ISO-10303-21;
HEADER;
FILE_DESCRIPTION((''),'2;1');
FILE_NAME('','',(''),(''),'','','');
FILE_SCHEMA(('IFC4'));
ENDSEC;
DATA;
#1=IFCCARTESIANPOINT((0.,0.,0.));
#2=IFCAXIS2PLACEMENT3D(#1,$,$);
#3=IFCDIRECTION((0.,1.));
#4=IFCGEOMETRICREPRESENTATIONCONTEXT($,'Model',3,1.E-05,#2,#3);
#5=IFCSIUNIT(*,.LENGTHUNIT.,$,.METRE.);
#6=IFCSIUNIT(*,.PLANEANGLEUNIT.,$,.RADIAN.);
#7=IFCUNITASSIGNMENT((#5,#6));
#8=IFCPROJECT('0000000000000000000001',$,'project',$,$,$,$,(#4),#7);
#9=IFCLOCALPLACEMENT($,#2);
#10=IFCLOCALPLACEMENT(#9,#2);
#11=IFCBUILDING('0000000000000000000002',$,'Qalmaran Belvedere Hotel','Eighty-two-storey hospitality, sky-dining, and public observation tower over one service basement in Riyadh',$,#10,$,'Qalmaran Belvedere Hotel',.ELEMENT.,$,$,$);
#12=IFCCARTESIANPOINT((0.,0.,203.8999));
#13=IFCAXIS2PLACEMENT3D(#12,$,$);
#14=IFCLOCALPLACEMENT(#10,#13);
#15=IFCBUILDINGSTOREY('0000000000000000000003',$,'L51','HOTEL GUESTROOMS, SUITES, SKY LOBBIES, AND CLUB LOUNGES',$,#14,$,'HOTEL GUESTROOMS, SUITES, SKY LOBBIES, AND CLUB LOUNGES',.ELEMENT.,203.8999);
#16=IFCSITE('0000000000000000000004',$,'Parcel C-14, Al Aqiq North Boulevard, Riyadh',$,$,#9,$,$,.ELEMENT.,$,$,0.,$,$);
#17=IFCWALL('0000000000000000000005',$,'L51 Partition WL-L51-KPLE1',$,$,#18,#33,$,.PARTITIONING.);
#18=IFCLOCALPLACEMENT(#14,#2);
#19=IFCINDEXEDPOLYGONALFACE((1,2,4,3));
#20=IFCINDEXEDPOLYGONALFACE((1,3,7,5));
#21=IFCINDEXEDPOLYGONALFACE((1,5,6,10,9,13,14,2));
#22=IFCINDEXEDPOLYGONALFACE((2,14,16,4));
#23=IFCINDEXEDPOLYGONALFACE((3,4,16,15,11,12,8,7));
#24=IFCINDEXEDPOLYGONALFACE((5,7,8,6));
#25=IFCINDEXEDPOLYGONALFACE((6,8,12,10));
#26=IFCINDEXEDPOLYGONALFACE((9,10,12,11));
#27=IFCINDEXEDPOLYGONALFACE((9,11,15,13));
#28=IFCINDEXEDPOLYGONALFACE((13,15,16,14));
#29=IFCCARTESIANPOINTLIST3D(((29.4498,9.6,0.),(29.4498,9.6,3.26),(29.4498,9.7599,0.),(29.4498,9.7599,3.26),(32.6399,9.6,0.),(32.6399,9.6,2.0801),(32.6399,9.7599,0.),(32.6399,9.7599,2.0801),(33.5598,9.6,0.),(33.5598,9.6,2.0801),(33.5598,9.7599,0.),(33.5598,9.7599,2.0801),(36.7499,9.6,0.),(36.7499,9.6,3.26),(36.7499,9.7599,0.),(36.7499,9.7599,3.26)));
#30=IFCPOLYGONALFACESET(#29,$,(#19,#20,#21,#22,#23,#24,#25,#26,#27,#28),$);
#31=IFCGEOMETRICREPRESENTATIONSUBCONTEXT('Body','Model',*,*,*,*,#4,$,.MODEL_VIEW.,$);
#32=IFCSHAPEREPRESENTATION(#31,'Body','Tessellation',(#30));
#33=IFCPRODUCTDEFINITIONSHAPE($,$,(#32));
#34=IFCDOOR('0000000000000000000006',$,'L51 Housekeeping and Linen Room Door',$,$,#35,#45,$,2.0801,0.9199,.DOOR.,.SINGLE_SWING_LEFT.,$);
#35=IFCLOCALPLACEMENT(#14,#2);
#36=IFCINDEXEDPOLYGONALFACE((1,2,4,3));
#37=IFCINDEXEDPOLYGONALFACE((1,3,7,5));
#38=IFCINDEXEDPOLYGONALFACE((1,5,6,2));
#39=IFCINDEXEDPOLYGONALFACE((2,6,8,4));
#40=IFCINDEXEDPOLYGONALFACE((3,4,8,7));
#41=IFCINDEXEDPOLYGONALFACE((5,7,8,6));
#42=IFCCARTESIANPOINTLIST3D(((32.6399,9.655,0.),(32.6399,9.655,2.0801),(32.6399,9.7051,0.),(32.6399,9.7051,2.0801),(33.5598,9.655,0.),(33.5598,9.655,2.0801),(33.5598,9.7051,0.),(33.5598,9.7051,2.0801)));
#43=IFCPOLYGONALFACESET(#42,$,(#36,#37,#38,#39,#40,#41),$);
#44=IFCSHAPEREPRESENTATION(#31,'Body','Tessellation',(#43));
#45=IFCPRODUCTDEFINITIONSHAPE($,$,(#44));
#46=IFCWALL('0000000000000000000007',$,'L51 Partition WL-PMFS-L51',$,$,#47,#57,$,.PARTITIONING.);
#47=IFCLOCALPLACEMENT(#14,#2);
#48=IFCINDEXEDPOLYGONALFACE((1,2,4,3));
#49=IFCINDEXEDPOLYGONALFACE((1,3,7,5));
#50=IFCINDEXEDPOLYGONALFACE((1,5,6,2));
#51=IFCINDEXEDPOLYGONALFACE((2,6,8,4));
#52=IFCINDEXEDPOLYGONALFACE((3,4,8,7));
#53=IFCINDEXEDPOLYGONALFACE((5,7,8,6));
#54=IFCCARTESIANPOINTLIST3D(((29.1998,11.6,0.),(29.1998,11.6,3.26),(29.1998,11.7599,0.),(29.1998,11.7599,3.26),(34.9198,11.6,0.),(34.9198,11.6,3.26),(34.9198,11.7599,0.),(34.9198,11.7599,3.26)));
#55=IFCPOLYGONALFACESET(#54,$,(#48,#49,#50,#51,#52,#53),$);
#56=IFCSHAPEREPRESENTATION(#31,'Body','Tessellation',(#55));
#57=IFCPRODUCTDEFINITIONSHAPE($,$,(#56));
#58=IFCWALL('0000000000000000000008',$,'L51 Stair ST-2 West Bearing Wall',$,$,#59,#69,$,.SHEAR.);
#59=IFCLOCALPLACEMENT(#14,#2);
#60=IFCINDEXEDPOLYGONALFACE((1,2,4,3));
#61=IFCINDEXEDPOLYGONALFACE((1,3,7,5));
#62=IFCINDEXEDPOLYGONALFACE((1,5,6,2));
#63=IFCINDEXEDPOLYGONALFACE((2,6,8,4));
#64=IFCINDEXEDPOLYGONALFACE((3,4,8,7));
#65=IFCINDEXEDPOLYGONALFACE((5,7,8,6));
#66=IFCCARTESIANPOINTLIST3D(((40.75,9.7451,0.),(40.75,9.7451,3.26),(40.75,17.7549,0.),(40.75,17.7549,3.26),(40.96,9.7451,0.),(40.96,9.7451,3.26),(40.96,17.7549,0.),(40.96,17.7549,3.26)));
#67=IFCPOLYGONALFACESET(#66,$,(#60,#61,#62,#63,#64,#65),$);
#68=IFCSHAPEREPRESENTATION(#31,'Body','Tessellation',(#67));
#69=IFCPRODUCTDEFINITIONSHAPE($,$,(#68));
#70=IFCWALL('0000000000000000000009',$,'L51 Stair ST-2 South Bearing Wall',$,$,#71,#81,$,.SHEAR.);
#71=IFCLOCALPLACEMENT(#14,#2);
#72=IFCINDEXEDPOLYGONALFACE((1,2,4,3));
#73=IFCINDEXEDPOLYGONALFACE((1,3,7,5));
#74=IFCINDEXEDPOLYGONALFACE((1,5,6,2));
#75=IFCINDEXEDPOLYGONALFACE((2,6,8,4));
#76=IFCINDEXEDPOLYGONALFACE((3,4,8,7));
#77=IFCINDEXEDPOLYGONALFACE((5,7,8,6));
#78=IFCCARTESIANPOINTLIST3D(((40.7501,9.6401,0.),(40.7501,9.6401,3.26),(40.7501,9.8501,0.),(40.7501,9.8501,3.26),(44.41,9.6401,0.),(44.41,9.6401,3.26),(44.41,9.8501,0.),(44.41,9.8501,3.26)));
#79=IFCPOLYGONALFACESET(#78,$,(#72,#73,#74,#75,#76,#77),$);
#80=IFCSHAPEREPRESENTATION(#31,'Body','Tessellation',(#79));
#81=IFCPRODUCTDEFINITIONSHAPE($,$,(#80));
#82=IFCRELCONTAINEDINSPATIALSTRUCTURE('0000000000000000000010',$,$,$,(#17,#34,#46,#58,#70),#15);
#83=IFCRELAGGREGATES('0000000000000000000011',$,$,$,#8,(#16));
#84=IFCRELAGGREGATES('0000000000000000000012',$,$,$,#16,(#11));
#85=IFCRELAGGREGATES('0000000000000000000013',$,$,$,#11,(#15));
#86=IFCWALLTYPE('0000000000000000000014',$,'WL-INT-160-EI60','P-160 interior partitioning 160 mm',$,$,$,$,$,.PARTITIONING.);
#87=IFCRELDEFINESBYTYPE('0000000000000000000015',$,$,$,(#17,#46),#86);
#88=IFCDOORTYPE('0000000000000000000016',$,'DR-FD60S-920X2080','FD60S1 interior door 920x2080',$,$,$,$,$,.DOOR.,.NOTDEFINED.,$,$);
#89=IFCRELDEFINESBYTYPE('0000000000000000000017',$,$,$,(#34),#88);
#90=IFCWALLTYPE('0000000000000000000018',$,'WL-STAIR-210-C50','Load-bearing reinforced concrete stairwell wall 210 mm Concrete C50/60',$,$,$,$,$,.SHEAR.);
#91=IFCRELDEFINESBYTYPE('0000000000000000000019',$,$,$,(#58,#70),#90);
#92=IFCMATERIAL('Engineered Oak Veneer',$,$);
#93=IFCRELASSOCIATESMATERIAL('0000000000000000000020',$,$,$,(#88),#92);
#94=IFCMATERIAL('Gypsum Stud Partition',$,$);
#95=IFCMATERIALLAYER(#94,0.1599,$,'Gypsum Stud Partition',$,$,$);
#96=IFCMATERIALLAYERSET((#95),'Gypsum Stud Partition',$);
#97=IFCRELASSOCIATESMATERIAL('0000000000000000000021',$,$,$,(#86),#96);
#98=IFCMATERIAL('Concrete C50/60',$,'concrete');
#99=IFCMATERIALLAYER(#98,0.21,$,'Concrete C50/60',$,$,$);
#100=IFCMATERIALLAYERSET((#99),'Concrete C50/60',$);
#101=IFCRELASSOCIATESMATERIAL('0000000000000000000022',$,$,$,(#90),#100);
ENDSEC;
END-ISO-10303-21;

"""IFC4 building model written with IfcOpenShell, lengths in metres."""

from ifc_helpers import new_model, si_unit, direction, frame, frame_2d, origin, place, context, subcontext, project, spatial, rectangle, extrude, material, layer, layer_set, type_object, element, fill, save


model = new_model("IFC4")

# Units and contexts
model_context = context("Model", 3, precision=1e-05, world=origin(), true_north=direction((0.0, 1.0)))
body_context = subcontext(model_context, "Body", "Model", "MODEL_VIEW")
ifc_project = project(units=[si_unit("LENGTHUNIT", "METRE"), si_unit("PLANEANGLEUNIT", "RADIAN")], contexts=[model_context])

# Site, building, storey
site_placement = place(None, origin())
site = spatial("IfcSite", under=ifc_project, at=site_placement, Name="Parcel C-14, Al Aqiq North Boulevard, Riyadh", CompositionType="ELEMENT", RefElevation=0.0)
building_placement = place(site_placement, origin())
building = spatial("IfcBuilding", under=site, at=building_placement, Name="Qalmaran Belvedere Hotel", Description="Eighty-two-storey hospitality, sky-dining, and public observation tower over one service basement in Riyadh", LongName="Qalmaran Belvedere Hotel", CompositionType="ELEMENT")
storey_placement = place(building_placement, frame((0.0, 0.0, 203.8999)))
storey = spatial("IfcBuildingStorey", under=building, at=storey_placement, Name="L51", Description="HOTEL GUESTROOMS, SUITES, SKY LOBBIES, AND CLUB LOUNGES", LongName="HOTEL GUESTROOMS, SUITES, SKY LOBBIES, AND CLUB LOUNGES", CompositionType="ELEMENT", Elevation=203.8999)

# Shared definitions
ifc_material_1 = material(Name="Concrete C50/60", Category="concrete")

# Shared definitions
ifc_material_2 = material(Name="Gypsum Stud Partition")

# Shared definitions
ifc_material_3 = material(Name="Engineered Oak Veneer")
door_type_1 = type_object("IfcDoorType", Name="DR-FD60S-920X2080", Description="FD60S1 interior door 920x2080", OperationType="NOTDEFINED", PredefinedType="DOOR", material=ifc_material_3)
ifc_layer_1 = layer(ifc_material_2, 0.1599, Name="Gypsum Stud Partition")
ifc_layer_set_1 = layer_set([ifc_layer_1], Name="Gypsum Stud Partition")
wall_type_1 = type_object("IfcWallType", Name="WL-INT-160-EI60", Description="P-160 interior partitioning 160 mm", PredefinedType="PARTITIONING", material=ifc_layer_set_1)

# Wall, opening, door
wall_1_placement = place(storey_placement, frame((29.45, 9.6799, 0.0), z_axis=(0.0, 0.0, 1.0), x_axis=(1.0, 0.0, 0.0)))
wall_1 = element("IfcWall", 1, at=wall_1_placement, inside=storey, type_object=wall_type_1, Name="L51 Partition WL-L51-KPLE1", PredefinedType="PARTITIONING", context=body_context, shape_type="SweptSolid", body=[
    extrude(rectangle(XDim=7.3, YDim=0.1599, at=frame_2d((3.6499, 0.0))), origin(), (0.0, 0.0, 1.0), 3.26),
])
opening_1_placement = place(wall_1_placement, frame((4.1099, 0.0, 0.0), z_axis=(0.0, 0.0, 1.0), x_axis=(-1.0, 0.0, 0.0)))
opening_1 = element("IfcOpeningElement", 2, at=opening_1_placement, cuts=wall_1, PredefinedType="OPENING", context=body_context, shape_type="SweptSolid", body=[
    extrude(rectangle(XDim=0.9199, YDim=2.0801, at=frame_2d((0.46, 1.04))), frame((0.0, 0.0898, 0.0), z_axis=(0.0, -1.0, 0.0), x_axis=(1.0, 0.0, 0.0)), (0.0, 0.0, 1.0), 0.1799),
])
door_1_placement = place(opening_1_placement, origin())
door_1 = element("IfcDoor", 3, at=door_1_placement, inside=storey, type_object=door_type_1, Name="L51 Housekeeping and Linen Room Door", OperationType="SINGLE_SWING_LEFT", OverallHeight=2.0801, OverallWidth=0.9199, PredefinedType="DOOR", context=body_context, shape_type="SweptSolid", body=[
    extrude(rectangle(XDim=0.9199, YDim=2.0801, at=frame_2d((0.46, 1.04))), frame((0.0, 0.0249, 0.0), z_axis=(0.0, -1.0, 0.0), x_axis=(1.0, 0.0, 0.0)), (0.0, 0.0, 1.0), 0.05),
])
fill(opening_1, door_1)

# Walls
wall_2_placement = place(storey_placement, frame((29.2, 11.6799, 0.0), z_axis=(0.0, 0.0, 1.0), x_axis=(1.0, 0.0, 0.0)))
element("IfcWall", 4, at=wall_2_placement, inside=storey, type_object=wall_type_1, Name="L51 Partition WL-PMFS-L51", PredefinedType="PARTITIONING", context=body_context, shape_type="SweptSolid", body=[
    extrude(rectangle(XDim=5.72, YDim=0.1599, at=frame_2d((2.8599, 0.0))), origin(), (0.0, 0.0, 1.0), 3.26),
])
ifc_layer_2 = layer(ifc_material_1, 0.21, Name="Concrete C50/60")
ifc_layer_set_2 = layer_set([ifc_layer_2], Name="Concrete C50/60")
wall_type_2 = type_object("IfcWallType", Name="WL-STAIR-210-C50", Description="Load-bearing reinforced concrete stairwell wall 210 mm Concrete C50/60", PredefinedType="SHEAR", material=ifc_layer_set_2)
wall_3_placement = place(storey_placement, frame((40.855, 9.7451, 0.0), z_axis=(0.0, 0.0, 1.0), x_axis=(0.0, 1.0, 0.0)))
element("IfcWall", 5, at=wall_3_placement, inside=storey, type_object=wall_type_2, Name="L51 Stair ST-2 West Bearing Wall", PredefinedType="SHEAR", context=body_context, shape_type="SweptSolid", body=[
    extrude(rectangle(XDim=8.0098, YDim=0.21, at=frame_2d((4.0049, 0.0))), origin(), (0.0, 0.0, 1.0), 3.26),
])
wall_4_placement = place(storey_placement, frame((40.75, 9.7451, 0.0), z_axis=(0.0, 0.0, 1.0), x_axis=(1.0, 0.0, 0.0)))
element("IfcWall", 6, at=wall_4_placement, inside=storey, type_object=wall_type_2, Name="L51 Stair ST-2 South Bearing Wall", PredefinedType="SHEAR", context=body_context, shape_type="SweptSolid", body=[
    extrude(rectangle(XDim=3.6599, YDim=0.21, at=frame_2d((1.8301, 0.0))), origin(), (0.0, 0.0, 1.0), 3.26),
])

save(model, "model.ifc")
